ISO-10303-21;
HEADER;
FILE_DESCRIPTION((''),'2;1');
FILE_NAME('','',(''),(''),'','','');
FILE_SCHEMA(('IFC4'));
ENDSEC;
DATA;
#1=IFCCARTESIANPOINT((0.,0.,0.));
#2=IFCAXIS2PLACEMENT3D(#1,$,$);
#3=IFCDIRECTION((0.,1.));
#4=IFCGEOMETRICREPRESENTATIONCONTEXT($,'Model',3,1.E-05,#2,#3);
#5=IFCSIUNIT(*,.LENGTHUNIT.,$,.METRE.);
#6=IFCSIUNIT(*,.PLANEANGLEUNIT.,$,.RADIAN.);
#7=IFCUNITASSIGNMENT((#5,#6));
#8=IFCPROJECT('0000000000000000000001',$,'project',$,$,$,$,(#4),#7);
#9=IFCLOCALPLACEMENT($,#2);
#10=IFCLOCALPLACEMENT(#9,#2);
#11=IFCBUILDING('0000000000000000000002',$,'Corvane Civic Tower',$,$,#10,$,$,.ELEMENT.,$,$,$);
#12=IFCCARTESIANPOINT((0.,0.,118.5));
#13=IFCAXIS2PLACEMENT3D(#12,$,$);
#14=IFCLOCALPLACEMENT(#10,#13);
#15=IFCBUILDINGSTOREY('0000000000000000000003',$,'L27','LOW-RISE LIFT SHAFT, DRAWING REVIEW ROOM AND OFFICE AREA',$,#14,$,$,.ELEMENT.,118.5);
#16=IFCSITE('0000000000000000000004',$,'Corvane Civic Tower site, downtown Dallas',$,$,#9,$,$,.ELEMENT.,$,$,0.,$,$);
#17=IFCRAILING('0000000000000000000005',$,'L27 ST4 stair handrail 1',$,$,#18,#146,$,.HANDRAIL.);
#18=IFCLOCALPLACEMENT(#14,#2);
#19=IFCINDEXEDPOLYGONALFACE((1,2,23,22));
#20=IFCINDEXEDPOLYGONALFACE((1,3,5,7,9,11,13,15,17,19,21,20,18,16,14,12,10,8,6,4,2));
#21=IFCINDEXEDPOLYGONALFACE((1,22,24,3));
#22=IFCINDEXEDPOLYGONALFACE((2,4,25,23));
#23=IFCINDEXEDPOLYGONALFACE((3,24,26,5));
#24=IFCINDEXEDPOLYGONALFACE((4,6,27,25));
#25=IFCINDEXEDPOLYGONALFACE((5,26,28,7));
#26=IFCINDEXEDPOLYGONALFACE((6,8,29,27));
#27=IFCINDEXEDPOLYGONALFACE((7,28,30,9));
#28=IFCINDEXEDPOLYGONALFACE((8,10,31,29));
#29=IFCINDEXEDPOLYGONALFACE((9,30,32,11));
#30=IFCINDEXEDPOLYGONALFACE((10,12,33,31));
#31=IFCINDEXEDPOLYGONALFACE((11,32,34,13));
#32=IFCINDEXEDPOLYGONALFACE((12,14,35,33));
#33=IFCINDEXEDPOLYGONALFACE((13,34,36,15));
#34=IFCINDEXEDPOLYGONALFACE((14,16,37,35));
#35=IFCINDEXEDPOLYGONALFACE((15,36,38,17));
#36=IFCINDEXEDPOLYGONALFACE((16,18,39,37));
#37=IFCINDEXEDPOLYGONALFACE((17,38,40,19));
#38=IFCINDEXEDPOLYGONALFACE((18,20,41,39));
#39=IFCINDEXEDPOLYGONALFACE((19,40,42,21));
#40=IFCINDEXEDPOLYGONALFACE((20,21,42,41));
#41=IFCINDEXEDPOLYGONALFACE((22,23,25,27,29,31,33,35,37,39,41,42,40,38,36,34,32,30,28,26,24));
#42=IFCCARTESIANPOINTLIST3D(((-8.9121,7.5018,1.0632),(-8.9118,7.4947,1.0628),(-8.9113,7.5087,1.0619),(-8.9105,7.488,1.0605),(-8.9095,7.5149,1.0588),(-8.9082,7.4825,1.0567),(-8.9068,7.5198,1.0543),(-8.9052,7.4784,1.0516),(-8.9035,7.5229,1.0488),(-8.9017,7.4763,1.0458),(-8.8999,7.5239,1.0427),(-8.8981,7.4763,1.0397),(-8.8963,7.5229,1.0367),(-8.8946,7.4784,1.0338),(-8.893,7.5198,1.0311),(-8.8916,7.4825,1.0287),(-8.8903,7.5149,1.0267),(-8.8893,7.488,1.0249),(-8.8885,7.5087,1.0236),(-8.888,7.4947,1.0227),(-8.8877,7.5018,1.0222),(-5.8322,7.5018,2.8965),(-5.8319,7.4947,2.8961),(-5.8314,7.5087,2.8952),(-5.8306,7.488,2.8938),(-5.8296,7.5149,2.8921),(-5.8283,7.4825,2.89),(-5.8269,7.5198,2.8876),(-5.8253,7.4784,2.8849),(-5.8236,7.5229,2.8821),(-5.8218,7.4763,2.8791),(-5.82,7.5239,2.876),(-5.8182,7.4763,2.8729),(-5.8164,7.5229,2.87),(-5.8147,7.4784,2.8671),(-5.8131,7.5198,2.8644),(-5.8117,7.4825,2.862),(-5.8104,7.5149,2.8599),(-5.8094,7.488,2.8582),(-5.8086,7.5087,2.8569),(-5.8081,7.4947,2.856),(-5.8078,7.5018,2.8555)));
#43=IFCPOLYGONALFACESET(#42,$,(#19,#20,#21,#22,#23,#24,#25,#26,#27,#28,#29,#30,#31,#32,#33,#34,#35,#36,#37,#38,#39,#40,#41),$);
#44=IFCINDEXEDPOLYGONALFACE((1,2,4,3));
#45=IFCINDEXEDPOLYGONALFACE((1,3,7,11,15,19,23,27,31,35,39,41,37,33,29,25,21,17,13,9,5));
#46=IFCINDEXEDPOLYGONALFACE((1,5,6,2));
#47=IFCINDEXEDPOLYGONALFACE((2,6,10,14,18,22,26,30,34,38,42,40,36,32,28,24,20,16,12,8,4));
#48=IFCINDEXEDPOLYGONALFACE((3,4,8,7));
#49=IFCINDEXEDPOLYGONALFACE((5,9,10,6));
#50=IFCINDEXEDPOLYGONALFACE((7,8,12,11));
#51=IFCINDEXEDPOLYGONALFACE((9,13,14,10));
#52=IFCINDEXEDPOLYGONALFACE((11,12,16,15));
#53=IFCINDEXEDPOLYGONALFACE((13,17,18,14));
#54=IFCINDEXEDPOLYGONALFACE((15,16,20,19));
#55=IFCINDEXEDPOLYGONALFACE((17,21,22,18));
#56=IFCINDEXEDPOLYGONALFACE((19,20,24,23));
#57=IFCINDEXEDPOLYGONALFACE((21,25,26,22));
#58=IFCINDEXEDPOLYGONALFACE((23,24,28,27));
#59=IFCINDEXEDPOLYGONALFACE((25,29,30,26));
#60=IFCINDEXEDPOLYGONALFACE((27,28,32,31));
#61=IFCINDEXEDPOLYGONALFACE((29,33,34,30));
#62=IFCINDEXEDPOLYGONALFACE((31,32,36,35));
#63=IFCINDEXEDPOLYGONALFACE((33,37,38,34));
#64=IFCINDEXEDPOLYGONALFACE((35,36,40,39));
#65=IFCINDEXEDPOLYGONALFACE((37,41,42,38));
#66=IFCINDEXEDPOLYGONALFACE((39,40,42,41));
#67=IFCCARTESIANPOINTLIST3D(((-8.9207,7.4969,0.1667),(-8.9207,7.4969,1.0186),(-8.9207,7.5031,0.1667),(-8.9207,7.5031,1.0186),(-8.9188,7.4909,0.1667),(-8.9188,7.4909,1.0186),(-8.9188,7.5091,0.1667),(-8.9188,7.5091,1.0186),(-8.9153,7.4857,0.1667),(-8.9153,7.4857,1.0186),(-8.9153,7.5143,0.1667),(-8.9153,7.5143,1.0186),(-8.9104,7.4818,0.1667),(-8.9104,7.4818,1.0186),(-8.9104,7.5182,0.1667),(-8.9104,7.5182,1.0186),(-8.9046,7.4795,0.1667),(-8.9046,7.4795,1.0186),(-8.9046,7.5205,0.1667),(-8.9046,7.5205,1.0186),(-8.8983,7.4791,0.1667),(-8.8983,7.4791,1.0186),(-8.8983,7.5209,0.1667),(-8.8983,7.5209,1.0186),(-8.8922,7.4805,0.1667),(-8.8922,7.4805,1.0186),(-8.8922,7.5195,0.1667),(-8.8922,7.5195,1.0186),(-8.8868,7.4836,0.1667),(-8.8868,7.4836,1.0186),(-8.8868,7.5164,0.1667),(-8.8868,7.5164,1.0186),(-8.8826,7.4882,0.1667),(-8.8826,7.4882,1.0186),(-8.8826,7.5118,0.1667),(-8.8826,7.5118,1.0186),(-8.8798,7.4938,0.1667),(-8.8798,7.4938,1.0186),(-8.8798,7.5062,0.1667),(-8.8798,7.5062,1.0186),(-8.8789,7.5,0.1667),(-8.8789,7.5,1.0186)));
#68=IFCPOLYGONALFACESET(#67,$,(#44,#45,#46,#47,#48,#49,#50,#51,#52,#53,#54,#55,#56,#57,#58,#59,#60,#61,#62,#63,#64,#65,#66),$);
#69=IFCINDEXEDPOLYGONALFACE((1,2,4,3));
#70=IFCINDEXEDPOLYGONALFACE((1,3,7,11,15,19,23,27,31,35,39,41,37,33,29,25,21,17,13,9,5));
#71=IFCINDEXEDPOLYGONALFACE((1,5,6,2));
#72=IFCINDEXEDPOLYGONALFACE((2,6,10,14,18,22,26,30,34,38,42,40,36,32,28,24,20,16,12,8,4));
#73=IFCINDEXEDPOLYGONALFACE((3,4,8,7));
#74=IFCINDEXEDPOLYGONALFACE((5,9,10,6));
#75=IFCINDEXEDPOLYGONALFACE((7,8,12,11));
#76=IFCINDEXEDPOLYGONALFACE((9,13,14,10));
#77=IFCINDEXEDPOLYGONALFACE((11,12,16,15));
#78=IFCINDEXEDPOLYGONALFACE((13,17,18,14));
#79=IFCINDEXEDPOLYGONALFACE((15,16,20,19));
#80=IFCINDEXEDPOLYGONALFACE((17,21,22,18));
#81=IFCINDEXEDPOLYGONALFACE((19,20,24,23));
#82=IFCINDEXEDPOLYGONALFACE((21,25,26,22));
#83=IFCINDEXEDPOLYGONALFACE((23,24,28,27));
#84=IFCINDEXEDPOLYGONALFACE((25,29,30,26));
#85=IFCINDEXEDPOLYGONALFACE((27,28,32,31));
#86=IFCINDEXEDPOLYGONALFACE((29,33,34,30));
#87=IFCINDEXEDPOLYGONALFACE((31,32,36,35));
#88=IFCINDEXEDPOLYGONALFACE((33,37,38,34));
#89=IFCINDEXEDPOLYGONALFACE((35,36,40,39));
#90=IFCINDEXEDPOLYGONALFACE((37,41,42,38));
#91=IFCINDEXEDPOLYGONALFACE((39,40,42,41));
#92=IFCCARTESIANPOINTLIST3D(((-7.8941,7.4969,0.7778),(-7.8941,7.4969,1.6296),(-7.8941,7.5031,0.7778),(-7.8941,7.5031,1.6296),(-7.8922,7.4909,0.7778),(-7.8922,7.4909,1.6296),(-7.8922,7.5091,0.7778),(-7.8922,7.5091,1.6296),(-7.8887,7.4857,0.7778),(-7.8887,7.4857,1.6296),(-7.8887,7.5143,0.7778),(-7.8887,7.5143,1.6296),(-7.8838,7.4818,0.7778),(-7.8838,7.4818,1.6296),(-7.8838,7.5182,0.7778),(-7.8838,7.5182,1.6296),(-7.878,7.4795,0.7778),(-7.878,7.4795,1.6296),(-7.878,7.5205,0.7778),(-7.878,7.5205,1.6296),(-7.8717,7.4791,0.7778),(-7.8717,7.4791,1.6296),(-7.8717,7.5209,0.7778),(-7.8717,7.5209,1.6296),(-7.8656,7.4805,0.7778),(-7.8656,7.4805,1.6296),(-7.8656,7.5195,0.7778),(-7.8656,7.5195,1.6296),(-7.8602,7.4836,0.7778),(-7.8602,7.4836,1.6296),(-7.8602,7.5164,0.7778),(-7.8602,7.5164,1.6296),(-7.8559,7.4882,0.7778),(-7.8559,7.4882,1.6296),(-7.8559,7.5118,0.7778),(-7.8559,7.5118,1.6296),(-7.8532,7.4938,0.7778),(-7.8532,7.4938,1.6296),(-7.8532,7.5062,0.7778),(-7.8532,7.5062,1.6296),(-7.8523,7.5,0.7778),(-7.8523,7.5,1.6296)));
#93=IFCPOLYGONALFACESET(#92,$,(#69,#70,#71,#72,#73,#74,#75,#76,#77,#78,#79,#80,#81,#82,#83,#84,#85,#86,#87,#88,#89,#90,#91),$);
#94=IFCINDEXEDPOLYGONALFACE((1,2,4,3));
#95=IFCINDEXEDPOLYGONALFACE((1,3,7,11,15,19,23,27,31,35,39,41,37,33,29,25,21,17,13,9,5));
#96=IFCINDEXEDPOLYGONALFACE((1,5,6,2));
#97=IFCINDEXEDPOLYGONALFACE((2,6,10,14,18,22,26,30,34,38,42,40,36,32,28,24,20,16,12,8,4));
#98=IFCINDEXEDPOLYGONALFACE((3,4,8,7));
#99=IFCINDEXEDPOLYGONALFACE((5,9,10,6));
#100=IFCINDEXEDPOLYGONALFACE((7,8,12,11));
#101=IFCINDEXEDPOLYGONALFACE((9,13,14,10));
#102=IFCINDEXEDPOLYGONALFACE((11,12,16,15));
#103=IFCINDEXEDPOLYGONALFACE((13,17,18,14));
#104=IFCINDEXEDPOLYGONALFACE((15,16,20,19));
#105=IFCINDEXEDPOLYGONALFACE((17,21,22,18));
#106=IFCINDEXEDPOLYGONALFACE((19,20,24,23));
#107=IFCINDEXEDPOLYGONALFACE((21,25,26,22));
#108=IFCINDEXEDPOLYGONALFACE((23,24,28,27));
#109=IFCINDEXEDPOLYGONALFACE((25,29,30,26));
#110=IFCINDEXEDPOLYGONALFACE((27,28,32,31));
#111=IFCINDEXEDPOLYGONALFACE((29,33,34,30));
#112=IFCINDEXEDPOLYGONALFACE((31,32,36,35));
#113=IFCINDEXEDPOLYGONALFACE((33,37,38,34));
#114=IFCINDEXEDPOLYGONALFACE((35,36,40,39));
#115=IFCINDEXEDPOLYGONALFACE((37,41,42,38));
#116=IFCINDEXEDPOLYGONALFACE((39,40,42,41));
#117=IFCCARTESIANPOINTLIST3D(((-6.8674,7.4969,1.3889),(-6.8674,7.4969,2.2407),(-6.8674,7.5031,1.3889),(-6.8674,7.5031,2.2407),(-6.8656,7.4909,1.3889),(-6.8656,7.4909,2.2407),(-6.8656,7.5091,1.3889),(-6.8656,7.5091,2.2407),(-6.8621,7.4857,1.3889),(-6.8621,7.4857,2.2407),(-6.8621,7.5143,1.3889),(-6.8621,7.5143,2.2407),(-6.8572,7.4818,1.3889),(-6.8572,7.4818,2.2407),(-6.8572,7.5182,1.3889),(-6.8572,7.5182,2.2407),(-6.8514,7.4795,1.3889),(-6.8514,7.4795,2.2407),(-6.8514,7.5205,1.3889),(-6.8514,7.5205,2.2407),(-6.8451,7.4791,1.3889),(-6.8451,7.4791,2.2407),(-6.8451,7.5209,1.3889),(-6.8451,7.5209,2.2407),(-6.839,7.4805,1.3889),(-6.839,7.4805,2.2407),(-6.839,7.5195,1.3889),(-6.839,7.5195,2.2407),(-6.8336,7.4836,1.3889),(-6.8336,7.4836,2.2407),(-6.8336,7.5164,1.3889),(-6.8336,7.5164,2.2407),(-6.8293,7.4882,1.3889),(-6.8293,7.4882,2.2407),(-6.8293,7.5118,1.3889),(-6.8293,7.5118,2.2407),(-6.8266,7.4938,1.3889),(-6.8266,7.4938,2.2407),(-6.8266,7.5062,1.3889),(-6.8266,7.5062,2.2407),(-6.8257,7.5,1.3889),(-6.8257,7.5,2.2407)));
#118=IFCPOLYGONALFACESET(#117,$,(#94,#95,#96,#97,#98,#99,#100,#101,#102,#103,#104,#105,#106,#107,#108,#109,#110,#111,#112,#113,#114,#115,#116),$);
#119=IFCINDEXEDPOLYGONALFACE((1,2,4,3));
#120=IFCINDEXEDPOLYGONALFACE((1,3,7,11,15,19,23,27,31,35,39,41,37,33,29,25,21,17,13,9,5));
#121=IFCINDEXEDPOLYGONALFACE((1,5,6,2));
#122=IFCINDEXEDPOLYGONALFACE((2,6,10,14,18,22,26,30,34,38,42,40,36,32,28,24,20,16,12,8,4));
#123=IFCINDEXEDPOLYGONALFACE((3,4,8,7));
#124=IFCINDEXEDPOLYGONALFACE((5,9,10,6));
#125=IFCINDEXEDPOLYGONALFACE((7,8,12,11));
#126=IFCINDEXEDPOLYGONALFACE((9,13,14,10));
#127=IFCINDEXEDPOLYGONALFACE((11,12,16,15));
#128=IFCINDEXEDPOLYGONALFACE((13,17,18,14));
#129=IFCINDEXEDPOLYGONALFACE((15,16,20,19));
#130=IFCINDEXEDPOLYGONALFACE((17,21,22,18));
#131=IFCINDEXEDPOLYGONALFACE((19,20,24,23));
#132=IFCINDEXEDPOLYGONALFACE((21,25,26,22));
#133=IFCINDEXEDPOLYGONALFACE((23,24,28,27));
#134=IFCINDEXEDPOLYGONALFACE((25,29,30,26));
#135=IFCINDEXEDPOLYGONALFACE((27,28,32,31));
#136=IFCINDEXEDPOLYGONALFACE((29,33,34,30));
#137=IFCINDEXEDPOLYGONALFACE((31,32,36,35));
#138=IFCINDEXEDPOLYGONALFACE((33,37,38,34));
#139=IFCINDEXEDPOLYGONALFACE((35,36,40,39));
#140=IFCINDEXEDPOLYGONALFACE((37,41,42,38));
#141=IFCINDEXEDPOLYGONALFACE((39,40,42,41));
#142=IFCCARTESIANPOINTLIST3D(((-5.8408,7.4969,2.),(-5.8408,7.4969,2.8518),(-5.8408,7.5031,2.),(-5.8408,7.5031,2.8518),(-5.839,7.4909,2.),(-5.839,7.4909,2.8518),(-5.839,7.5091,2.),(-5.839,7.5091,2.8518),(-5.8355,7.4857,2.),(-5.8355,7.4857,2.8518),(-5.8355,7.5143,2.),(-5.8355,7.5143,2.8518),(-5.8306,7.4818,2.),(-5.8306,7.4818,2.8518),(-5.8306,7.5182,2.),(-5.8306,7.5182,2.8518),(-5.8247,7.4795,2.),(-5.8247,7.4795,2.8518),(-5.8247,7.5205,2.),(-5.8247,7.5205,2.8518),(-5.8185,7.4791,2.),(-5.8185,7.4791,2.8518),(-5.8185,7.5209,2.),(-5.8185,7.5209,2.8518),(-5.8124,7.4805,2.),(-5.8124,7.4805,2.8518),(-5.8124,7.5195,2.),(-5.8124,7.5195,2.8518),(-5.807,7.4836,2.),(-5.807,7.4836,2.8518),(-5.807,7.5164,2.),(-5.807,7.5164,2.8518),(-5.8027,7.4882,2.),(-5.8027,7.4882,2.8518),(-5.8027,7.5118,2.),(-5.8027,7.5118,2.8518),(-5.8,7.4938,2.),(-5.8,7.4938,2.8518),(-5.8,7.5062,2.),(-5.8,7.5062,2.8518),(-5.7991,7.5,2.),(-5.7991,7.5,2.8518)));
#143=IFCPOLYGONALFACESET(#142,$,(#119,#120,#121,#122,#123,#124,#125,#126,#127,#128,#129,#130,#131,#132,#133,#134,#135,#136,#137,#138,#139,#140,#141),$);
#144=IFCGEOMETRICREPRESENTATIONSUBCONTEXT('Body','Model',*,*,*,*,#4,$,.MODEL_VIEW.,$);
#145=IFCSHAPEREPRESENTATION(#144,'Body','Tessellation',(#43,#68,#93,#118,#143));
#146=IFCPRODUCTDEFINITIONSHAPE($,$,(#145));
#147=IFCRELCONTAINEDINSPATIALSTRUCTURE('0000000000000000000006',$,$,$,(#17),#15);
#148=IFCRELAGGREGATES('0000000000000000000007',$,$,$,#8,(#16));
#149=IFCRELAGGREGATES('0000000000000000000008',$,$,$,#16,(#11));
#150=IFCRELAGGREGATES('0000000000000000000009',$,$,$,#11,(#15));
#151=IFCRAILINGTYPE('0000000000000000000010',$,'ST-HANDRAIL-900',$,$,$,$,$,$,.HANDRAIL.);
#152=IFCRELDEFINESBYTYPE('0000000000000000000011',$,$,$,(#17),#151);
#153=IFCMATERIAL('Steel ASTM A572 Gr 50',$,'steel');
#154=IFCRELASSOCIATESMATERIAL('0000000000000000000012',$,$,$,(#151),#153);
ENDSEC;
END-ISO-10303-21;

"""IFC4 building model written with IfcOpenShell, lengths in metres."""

from ifc_helpers import new_model, si_unit, direction, frame, origin, origin_2d, place, context, subcontext, project, spatial, circle, extrude, material, type_object, element, save


model = new_model("IFC4")

# Units and contexts
model_context = context("Model", 3, precision=1e-05, world=origin(), true_north=direction((0.0, 1.0)))
body_context = subcontext(model_context, "Body", "Model", "MODEL_VIEW")
ifc_project = project(units=[si_unit("LENGTHUNIT", "METRE"), si_unit("PLANEANGLEUNIT", "RADIAN")], contexts=[model_context])

# Site, building, storey
site_placement = place(None, origin())
site = spatial("IfcSite", under=ifc_project, at=site_placement, Name="Corvane Civic Tower site, downtown Dallas", CompositionType="ELEMENT", RefElevation=0.0)
building_placement = place(site_placement, origin())
building = spatial("IfcBuilding", under=site, at=building_placement, Name="Corvane Civic Tower", CompositionType="ELEMENT")
storey_placement = place(building_placement, frame((0.0, 0.0, 118.5)))
storey = spatial("IfcBuildingStorey", under=building, at=storey_placement, Name="L27", Description="LOW-RISE LIFT SHAFT, DRAWING REVIEW ROOM AND OFFICE AREA", CompositionType="ELEMENT", Elevation=118.5)

# Railing
ifc_material_1 = material(Name="Steel ASTM A572 Gr 50", Category="steel")
railing_type_1 = type_object("IfcRailingType", Name="ST-HANDRAIL-900", PredefinedType="HANDRAIL", material=ifc_material_1)
railing_1_placement = place(storey_placement, frame((-8.8999, 7.5, 0.1667)))
element("IfcRailing", 1, at=railing_1_placement, inside=storey, type_object=railing_type_1, Name="L27 ST4 stair handrail 1", PredefinedType="HANDRAIL", context=body_context, shape_type="SweptSolid", body=[
    extrude(circle(Radius=0.0239, at=origin_2d()), frame((0.0, 0.0, 0.876), z_axis=(0.859291, 0.0, 0.511487), x_axis=(0.0, 1.0, 0.0)), (0.0, 0.0, 1.0), 3.5842),
    extrude(circle(Radius=0.021, at=origin_2d()), origin(), (0.0, 0.0, 1.0), 0.8518),
    extrude(circle(Radius=0.021, at=origin_2d()), frame((1.0266, 0.0, 0.6111)), (0.0, 0.0, 1.0), 0.8518),
    extrude(circle(Radius=0.021, at=origin_2d()), frame((2.0532, 0.0, 1.2222)), (0.0, 0.0, 1.0), 0.8518),
    extrude(circle(Radius=0.021, at=origin_2d()), frame((3.0798, 0.0, 1.8333)), (0.0, 0.0, 1.0), 0.8518),
])

save(model, "model.ifc")
